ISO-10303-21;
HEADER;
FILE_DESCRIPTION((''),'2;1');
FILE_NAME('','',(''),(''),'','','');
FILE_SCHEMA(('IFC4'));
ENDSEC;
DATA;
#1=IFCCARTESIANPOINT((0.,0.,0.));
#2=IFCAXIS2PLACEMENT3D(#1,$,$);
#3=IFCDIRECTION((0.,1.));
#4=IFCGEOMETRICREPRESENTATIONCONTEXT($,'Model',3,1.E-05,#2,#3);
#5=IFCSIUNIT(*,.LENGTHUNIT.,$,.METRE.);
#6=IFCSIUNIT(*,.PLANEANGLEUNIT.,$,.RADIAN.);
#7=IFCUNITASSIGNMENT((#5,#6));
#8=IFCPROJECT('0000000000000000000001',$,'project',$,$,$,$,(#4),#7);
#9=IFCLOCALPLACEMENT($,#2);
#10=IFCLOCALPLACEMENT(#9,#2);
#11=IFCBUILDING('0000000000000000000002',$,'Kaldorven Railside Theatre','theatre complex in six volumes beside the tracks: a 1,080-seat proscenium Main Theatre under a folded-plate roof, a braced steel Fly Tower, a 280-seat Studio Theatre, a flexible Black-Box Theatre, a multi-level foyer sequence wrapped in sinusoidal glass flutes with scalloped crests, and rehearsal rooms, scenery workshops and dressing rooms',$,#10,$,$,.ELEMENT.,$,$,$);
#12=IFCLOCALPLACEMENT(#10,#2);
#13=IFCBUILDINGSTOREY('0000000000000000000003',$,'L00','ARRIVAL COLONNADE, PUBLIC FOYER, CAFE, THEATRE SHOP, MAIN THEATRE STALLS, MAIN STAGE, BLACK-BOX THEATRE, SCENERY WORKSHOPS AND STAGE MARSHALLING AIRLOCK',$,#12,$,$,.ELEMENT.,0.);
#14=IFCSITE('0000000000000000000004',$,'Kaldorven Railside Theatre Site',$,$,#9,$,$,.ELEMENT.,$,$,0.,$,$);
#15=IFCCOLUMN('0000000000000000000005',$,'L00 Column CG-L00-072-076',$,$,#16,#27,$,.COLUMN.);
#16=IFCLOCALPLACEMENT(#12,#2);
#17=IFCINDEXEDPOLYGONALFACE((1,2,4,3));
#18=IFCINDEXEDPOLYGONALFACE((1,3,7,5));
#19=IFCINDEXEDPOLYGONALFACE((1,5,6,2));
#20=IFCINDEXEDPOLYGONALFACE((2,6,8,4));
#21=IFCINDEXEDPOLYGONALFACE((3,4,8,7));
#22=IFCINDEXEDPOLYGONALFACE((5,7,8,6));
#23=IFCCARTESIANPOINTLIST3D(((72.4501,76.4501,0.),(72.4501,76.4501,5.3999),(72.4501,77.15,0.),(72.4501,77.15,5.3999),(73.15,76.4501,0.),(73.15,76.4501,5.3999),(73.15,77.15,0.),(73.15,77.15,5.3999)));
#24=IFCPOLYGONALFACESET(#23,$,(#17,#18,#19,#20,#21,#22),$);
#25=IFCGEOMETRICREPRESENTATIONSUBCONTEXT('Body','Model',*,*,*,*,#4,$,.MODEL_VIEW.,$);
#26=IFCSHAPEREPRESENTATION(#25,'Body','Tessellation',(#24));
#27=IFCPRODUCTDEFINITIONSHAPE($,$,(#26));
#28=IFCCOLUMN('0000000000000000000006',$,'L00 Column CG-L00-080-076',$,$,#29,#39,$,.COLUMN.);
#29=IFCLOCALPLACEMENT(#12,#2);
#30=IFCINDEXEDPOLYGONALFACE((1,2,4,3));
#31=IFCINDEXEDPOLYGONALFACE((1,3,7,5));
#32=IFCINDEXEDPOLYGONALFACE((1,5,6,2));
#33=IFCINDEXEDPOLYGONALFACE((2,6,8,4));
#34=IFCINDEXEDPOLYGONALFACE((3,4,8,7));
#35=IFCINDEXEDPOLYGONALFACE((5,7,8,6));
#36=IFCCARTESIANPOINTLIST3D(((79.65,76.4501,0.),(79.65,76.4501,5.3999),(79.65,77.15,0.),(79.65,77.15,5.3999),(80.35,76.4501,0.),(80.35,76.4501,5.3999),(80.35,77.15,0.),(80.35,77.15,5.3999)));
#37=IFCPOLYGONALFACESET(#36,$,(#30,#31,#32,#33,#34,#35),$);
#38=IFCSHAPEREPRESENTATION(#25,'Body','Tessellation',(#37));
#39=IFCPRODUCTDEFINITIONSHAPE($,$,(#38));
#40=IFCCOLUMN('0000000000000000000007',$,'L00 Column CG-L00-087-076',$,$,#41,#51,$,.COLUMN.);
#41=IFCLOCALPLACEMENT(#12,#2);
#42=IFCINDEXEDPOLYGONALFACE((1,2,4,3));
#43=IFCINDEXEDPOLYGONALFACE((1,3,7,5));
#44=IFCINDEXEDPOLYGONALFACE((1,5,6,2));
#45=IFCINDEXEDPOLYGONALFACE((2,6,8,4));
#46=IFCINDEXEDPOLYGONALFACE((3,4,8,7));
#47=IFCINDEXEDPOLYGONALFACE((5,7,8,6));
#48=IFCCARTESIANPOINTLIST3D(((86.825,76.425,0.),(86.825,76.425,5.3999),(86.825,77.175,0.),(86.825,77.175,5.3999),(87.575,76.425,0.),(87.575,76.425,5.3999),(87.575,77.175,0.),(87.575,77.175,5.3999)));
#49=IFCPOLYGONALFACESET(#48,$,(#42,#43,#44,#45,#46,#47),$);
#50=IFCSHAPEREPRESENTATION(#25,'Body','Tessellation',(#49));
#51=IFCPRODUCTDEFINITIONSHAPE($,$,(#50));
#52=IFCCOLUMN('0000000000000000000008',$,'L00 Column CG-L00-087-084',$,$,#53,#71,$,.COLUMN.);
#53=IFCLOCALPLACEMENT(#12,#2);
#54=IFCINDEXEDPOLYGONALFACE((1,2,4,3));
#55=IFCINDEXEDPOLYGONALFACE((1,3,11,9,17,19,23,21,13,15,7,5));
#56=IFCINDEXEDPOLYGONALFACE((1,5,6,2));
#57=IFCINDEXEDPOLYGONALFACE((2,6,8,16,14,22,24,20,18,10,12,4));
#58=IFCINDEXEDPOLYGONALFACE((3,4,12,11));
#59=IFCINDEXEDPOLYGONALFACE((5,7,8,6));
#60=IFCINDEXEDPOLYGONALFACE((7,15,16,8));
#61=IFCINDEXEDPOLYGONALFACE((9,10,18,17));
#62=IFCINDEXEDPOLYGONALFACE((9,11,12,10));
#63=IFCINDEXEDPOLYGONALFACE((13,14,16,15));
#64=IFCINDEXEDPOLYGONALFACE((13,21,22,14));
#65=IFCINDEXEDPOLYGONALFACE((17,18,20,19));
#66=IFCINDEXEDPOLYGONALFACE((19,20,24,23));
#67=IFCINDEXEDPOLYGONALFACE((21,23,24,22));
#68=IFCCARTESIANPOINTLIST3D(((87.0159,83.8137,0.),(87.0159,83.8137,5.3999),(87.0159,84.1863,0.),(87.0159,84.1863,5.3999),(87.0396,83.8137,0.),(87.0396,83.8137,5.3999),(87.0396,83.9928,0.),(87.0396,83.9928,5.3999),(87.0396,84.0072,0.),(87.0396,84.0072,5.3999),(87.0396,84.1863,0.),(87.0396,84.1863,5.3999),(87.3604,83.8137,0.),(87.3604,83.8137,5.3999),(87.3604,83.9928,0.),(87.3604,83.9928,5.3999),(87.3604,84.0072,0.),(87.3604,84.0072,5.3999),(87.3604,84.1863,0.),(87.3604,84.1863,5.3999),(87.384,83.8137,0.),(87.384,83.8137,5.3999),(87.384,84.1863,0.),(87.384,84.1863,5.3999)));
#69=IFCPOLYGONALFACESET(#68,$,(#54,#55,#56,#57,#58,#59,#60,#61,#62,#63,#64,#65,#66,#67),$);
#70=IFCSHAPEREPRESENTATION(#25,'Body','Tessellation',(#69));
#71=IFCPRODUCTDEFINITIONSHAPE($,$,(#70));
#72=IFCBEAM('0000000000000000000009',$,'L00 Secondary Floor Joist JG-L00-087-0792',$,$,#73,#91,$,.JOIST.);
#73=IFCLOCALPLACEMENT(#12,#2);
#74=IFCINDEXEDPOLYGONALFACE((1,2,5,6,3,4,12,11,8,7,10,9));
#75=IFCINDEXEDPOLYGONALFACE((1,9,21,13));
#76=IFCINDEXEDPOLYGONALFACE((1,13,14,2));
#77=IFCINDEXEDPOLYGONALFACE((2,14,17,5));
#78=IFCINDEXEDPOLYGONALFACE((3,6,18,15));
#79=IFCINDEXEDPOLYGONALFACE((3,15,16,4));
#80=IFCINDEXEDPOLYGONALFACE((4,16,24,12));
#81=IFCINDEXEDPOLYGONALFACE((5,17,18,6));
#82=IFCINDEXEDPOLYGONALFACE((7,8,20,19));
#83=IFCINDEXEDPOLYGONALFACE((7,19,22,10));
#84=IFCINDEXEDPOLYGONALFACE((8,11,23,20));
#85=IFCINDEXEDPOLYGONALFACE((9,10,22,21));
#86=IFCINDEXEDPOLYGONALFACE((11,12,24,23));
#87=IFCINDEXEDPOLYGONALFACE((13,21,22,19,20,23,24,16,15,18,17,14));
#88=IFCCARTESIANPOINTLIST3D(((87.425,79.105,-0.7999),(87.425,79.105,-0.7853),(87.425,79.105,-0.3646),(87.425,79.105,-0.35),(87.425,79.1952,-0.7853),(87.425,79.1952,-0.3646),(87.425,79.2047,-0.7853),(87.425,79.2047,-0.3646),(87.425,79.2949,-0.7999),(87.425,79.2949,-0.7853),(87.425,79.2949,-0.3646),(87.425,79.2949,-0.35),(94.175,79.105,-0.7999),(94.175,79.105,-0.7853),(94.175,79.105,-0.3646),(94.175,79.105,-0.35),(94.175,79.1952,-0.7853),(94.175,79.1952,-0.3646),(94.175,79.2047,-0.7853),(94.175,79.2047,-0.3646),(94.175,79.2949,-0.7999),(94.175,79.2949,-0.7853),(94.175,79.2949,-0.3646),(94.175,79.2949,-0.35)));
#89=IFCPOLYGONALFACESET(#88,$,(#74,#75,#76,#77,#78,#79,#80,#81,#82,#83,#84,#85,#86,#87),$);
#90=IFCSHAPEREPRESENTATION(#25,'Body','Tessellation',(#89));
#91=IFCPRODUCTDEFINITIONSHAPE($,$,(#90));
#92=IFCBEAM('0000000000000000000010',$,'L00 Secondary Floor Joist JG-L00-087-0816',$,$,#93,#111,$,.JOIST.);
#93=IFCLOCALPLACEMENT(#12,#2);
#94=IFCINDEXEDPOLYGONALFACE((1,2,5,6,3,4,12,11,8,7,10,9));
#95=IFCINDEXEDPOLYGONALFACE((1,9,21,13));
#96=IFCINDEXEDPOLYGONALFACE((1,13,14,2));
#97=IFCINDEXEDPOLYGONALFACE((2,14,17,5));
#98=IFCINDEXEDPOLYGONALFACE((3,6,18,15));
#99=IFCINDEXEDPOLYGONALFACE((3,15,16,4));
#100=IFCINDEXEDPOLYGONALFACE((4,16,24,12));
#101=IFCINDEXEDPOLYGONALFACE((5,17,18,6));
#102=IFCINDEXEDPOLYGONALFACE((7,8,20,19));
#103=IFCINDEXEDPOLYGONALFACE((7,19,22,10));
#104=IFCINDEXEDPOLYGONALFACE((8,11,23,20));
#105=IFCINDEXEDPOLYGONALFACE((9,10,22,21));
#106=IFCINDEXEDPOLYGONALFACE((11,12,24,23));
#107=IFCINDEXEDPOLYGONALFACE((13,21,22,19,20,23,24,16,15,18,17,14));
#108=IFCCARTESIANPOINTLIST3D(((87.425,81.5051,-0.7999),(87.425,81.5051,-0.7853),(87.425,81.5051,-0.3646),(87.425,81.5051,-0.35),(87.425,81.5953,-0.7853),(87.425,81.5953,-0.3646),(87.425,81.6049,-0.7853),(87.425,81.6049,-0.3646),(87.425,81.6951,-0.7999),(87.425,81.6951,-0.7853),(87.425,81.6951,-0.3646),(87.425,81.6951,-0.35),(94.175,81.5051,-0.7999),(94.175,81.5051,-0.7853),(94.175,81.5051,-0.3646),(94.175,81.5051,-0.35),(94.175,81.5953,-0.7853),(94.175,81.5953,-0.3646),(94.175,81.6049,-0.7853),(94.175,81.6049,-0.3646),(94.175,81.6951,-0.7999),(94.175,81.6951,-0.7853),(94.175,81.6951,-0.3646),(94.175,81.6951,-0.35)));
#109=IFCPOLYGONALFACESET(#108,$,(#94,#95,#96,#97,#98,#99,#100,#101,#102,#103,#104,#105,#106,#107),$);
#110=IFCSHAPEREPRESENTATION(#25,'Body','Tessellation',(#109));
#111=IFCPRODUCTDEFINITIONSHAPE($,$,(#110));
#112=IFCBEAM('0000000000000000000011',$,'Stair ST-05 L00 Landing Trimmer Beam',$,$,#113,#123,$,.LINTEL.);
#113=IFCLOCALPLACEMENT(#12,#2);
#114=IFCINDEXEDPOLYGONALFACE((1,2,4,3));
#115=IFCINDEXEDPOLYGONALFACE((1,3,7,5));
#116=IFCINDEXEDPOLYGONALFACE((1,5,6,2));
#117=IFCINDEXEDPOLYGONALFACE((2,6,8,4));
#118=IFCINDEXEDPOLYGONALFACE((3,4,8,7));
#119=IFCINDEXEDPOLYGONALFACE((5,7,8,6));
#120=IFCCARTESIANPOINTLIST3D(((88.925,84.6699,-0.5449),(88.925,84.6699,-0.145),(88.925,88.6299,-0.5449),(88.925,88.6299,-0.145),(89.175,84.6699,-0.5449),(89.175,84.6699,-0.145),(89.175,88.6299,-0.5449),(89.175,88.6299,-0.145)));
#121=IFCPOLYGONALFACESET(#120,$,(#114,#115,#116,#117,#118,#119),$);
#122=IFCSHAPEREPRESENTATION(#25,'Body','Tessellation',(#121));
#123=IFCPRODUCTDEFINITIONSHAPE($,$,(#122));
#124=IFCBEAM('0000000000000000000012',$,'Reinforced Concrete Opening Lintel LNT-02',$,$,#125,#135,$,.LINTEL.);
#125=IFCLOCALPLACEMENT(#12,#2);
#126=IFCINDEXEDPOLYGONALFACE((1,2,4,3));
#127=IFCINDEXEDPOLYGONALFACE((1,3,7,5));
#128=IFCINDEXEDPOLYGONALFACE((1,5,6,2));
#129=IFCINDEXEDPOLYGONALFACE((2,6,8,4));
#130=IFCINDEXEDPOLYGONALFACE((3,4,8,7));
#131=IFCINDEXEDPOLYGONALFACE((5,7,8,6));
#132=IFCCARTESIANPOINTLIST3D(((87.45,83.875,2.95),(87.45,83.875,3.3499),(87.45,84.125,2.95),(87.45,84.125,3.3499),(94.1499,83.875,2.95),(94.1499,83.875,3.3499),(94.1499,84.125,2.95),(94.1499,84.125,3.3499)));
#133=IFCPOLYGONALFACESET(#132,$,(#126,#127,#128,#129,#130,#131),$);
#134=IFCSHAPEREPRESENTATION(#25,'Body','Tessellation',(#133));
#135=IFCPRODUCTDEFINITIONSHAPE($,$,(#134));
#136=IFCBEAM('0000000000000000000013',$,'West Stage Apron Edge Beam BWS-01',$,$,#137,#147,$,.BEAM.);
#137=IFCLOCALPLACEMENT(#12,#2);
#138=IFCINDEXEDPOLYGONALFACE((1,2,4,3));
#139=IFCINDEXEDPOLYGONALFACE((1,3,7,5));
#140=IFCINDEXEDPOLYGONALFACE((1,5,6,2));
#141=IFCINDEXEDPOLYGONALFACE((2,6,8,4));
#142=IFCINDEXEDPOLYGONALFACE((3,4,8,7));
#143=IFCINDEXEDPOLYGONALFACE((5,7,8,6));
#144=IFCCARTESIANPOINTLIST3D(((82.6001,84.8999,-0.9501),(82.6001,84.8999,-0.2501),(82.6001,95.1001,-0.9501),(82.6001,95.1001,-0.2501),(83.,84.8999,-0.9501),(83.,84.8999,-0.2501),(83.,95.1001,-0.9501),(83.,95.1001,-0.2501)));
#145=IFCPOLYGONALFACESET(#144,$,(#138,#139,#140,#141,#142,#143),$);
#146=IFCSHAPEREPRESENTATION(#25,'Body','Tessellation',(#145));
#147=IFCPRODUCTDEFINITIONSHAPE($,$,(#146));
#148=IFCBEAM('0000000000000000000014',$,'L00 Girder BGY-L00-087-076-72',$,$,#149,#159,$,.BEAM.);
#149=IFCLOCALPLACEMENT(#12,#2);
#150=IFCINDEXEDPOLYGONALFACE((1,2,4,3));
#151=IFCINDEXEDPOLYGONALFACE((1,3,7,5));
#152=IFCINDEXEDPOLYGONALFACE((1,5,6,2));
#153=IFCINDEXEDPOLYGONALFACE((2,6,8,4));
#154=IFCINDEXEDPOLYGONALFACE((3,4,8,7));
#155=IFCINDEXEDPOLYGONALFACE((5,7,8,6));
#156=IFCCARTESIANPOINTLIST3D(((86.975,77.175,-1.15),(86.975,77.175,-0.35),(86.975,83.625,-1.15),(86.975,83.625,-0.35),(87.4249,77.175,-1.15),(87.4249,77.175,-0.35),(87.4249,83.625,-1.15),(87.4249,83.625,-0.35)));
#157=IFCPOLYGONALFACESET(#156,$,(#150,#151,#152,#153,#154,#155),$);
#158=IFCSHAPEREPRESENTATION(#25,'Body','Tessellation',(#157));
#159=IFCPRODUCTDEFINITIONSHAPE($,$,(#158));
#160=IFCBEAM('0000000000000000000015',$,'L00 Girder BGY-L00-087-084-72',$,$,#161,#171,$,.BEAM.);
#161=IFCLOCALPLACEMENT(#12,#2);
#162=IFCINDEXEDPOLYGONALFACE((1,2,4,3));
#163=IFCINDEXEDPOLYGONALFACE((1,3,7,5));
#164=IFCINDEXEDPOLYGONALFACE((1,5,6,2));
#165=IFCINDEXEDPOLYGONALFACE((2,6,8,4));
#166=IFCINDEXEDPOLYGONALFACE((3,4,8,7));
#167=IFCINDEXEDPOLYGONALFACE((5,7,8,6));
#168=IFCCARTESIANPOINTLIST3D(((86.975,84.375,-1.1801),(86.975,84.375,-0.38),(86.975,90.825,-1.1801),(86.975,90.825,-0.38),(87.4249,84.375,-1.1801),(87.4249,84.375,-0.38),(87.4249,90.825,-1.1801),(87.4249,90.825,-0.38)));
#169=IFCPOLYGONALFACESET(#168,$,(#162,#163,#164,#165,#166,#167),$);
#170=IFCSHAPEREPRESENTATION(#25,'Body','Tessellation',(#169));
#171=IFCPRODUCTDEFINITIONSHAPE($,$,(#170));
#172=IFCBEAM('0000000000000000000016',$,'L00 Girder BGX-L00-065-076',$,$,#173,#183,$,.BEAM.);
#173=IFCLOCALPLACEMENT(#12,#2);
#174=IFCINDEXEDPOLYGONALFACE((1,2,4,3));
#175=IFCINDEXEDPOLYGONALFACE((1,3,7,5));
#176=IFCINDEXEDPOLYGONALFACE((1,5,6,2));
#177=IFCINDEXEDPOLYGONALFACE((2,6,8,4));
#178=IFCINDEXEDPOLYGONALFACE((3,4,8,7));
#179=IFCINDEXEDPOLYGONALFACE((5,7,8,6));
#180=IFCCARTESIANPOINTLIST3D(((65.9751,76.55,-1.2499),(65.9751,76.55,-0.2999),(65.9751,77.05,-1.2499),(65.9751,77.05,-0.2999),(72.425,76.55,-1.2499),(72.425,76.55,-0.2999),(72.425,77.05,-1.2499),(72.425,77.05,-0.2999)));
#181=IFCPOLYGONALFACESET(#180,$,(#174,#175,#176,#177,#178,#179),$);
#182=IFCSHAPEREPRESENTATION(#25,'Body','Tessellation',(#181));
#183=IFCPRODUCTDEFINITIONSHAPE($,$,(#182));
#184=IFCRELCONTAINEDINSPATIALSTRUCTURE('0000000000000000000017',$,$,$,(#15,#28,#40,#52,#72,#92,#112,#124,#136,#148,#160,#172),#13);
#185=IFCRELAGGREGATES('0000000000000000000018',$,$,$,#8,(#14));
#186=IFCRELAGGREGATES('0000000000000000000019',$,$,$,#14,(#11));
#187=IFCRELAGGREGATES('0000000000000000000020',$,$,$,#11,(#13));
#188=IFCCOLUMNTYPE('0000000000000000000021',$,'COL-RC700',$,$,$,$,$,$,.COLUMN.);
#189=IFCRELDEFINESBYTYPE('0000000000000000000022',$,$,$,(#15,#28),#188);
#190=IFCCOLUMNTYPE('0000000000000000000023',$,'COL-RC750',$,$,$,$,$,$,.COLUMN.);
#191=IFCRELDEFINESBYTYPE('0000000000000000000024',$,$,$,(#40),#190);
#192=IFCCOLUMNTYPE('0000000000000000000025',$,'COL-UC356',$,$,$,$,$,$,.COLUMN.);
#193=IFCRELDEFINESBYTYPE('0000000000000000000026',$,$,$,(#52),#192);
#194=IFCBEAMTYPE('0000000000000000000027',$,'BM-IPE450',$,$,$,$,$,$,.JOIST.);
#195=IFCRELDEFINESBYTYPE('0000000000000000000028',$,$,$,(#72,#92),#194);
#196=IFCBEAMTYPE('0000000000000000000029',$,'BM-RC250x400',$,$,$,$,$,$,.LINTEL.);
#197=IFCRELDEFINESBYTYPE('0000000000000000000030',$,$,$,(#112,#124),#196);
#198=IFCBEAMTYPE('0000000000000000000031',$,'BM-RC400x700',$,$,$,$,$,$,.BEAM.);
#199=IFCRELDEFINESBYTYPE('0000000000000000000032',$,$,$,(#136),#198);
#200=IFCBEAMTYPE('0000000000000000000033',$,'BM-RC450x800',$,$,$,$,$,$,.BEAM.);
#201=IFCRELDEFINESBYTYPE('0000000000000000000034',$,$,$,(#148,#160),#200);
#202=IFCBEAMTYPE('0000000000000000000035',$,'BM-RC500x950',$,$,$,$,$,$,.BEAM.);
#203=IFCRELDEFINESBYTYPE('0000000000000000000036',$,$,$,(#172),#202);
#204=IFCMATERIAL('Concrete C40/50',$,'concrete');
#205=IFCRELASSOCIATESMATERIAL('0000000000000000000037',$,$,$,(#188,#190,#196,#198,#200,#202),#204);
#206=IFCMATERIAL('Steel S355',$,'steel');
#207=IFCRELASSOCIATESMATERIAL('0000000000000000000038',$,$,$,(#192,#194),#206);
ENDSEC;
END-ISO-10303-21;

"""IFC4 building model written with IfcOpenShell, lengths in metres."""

from ifc_helpers import new_model, si_unit, direction, frame, origin, origin_2d, place, context, subcontext, project, spatial, rectangle, i_section, extrude, material, material_profile, profile_set, type_object, element, save


model = new_model("IFC4")

# Units and contexts
model_context = context("Model", 3, precision=1e-05, world=origin(), true_north=direction((0.0, 1.0)))
body_context = subcontext(model_context, "Body", "Model", "MODEL_VIEW")
ifc_project = project(units=[si_unit("LENGTHUNIT", "METRE"), si_unit("PLANEANGLEUNIT", "RADIAN")], contexts=[model_context])

# Site, building, storey
site_placement = place(None, origin())
site = spatial("IfcSite", under=ifc_project, at=site_placement, Name="Kaldorven Railside Theatre Site", CompositionType="ELEMENT", RefElevation=0.0)
building_placement = place(site_placement, origin())
building = spatial("IfcBuilding", under=site, at=building_placement, Name="Kaldorven Railside Theatre", Description="theatre complex in six volumes beside the tracks: a 1,080-seat proscenium Main Theatre under a folded-plate roof, a braced steel Fly Tower, a 280-seat Studio Theatre, a flexible Black-Box Theatre, a multi-level foyer sequence wrapped in sinusoidal glass flutes with scalloped crests, and rehearsal rooms, scenery workshops and dressing rooms", CompositionType="ELEMENT")
storey_placement = place(building_placement, origin())
storey = spatial("IfcBuildingStorey", under=building, at=storey_placement, Name="L00", Description="ARRIVAL COLONNADE, PUBLIC FOYER, CAFE, THEATRE SHOP, MAIN THEATRE STALLS, MAIN STAGE, BLACK-BOX THEATRE, SCENERY WORKSHOPS AND STAGE MARSHALLING AIRLOCK", CompositionType="ELEMENT", Elevation=0.0)

# Columns
ifc_material_1 = material(Name="Concrete C40/50", Category="concrete")
ifc_material_profile_1 = material_profile(ifc_material_1, rectangle(XDim=0.7, YDim=0.7, at=origin_2d()), Name="RC 700x700")
ifc_profile_set_1 = profile_set([ifc_material_profile_1], Name="Concrete C40/50")
column_type_1 = type_object("IfcColumnType", Name="COL-RC700", PredefinedType="COLUMN", material=ifc_profile_set_1)
for number, where, z_axis, x_axis, name in (
    (1, (72.8, 76.8, 0.0), (0.0, 0.0, 1.0), (0.0, 1.0, 0.0), "L00 Column CG-L00-072-076"),
    (2, (80.0, 76.8, 0.0), (0.0, 0.0, 1.0), (1.0, 0.0, 0.0), "L00 Column CG-L00-080-076"),
):
    element("IfcColumn", number, at=place(storey_placement, frame(where, z_axis=z_axis, x_axis=x_axis)), inside=storey, type_object=column_type_1, Name=name, PredefinedType="COLUMN", context=body_context, shape_type="SweptSolid", body=[
        extrude(rectangle(XDim=0.7, YDim=0.7, at=origin_2d()), origin(), (0.0, 0.0, 1.0), 5.3999),
    ])
ifc_material_profile_2 = material_profile(ifc_material_1, rectangle(XDim=0.75, YDim=0.75, at=origin_2d()), Name="RC 750x750")
ifc_profile_set_2 = profile_set([ifc_material_profile_2], Name="Concrete C40/50")
column_type_2 = type_object("IfcColumnType", Name="COL-RC750", PredefinedType="COLUMN", material=ifc_profile_set_2)
column_1_placement = place(storey_placement, frame((87.2, 76.8, 0.0), z_axis=(0.0, 0.0, 1.0), x_axis=(1.0, 0.0, 0.0)))
element("IfcColumn", 3, at=column_1_placement, inside=storey, type_object=column_type_2, Name="L00 Column CG-L00-087-076", PredefinedType="COLUMN", context=body_context, shape_type="SweptSolid", body=[
    extrude(rectangle(XDim=0.75, YDim=0.75, at=origin_2d()), origin(), (0.0, 0.0, 1.0), 5.3999),
])
ifc_material_2 = material(Name="Steel S355", Category="steel")
ifc_material_profile_3 = material_profile(ifc_material_2, i_section(OverallWidth=0.3726, OverallDepth=0.3682, WebThickness=0.0144, FlangeThickness=0.0237, at=origin_2d()), Name="UC 356x368x177")
ifc_profile_set_3 = profile_set([ifc_material_profile_3], Name="Steel S355")
column_type_3 = type_object("IfcColumnType", Name="COL-UC356", PredefinedType="COLUMN", material=ifc_profile_set_3)
column_2_placement = place(storey_placement, frame((87.2, 84.0, 0.0), z_axis=(0.0, 0.0, 1.0), x_axis=(0.0, 1.0, 0.0)))
element("IfcColumn", 4, at=column_2_placement, inside=storey, type_object=column_type_3, Name="L00 Column CG-L00-087-084", PredefinedType="COLUMN", context=body_context, shape_type="SweptSolid", body=[
    extrude(i_section(OverallWidth=0.3726, OverallDepth=0.3682, WebThickness=0.0144, FlangeThickness=0.0237, at=origin_2d()), origin(), (0.0, 0.0, 1.0), 5.3999),
])

# Beams
ifc_material_profile_4 = material_profile(ifc_material_2, i_section(OverallWidth=0.1899, OverallDepth=0.45, WebThickness=0.0095, FlangeThickness=0.0146, at=origin_2d()), Name="IPE 450")
ifc_profile_set_4 = profile_set([ifc_material_profile_4], Name="Steel S355")
beam_type_1 = type_object("IfcBeamType", Name="BM-IPE450", PredefinedType="JOIST", material=ifc_profile_set_4)
for number, where, z_axis, x_axis, name in (
    (5, (87.425, 79.2, -0.575), (1.0, 0.0, 0.0), (0.0, 1.0, 0.0), "L00 Secondary Floor Joist JG-L00-087-0792"),
    (6, (87.425, 81.6001, -0.575), (1.0, 0.0, 0.0), (0.0, 1.0, 0.0), "L00 Secondary Floor Joist JG-L00-087-0816"),
):
    element("IfcBeam", number, at=place(storey_placement, frame(where, z_axis=z_axis, x_axis=x_axis)), inside=storey, type_object=beam_type_1, Name=name, PredefinedType="JOIST", context=body_context, shape_type="SweptSolid", body=[
        extrude(i_section(OverallWidth=0.1899, OverallDepth=0.45, WebThickness=0.0095, FlangeThickness=0.0146, at=origin_2d()), origin(), (0.0, 0.0, 1.0), 6.75),
    ])
ifc_material_profile_5 = material_profile(ifc_material_1, rectangle(XDim=0.25, YDim=0.3999, at=origin_2d()), Name="RC 250x400")
ifc_profile_set_5 = profile_set([ifc_material_profile_5], Name="Concrete C40/50")
beam_type_2 = type_object("IfcBeamType", Name="BM-RC250x400", PredefinedType="LINTEL", material=ifc_profile_set_5)
beam_1_placement = place(storey_placement, frame((89.05, 84.6699, -0.345), z_axis=(0.0, 1.0, 0.0), x_axis=(-1.0, 0.0, 0.0)))
element("IfcBeam", 7, at=beam_1_placement, inside=storey, type_object=beam_type_2, Name="Stair ST-05 L00 Landing Trimmer Beam", PredefinedType="LINTEL", context=body_context, shape_type="SweptSolid", body=[
    extrude(rectangle(XDim=0.25, YDim=0.3999, at=origin_2d()), origin(), (0.0, 0.0, 1.0), 3.96),
])
beam_2_placement = place(storey_placement, frame((87.45, 84.0, 3.1499), z_axis=(1.0, 0.0, 0.0), x_axis=(0.0, 1.0, 0.0)))
element("IfcBeam", 8, at=beam_2_placement, inside=storey, type_object=beam_type_2, Name="Reinforced Concrete Opening Lintel LNT-02", PredefinedType="LINTEL", context=body_context, shape_type="SweptSolid", body=[
    extrude(rectangle(XDim=0.25, YDim=0.3999, at=origin_2d()), origin(), (0.0, 0.0, 1.0), 6.7),
])
ifc_material_profile_6 = material_profile(ifc_material_1, rectangle(XDim=0.3999, YDim=0.7, at=origin_2d()), Name="RC 400x700")
ifc_profile_set_6 = profile_set([ifc_material_profile_6], Name="Concrete C40/50")
beam_type_3 = type_object("IfcBeamType", Name="BM-RC400x700", PredefinedType="BEAM", material=ifc_profile_set_6)
beam_3_placement = place(storey_placement, frame((82.8, 84.8999, -0.6001), z_axis=(0.0, 1.0, 0.0), x_axis=(-1.0, 0.0, 0.0)))
element("IfcBeam", 9, at=beam_3_placement, inside=storey, type_object=beam_type_3, Name="West Stage Apron Edge Beam BWS-01", PredefinedType="BEAM", context=body_context, shape_type="SweptSolid", body=[
    extrude(rectangle(XDim=0.3999, YDim=0.7, at=origin_2d()), origin(), (0.0, 0.0, 1.0), 10.2002),
])
ifc_material_profile_7 = material_profile(ifc_material_1, rectangle(XDim=0.45, YDim=0.8, at=origin_2d()), Name="RC 450x800")
ifc_profile_set_7 = profile_set([ifc_material_profile_7], Name="Concrete C40/50")
beam_type_4 = type_object("IfcBeamType", Name="BM-RC450x800", PredefinedType="BEAM", material=ifc_profile_set_7)
for number, where, z_axis, x_axis, name in (
    (10, (87.2, 77.175, -0.75), (0.0, 1.0, 0.0), (-1.0, 0.0, 0.0), "L00 Girder BGY-L00-087-076-72"),
    (11, (87.2, 84.375, -0.78), (0.0, 1.0, 0.0), (-1.0, 0.0, 0.0), "L00 Girder BGY-L00-087-084-72"),
):
    element("IfcBeam", number, at=place(storey_placement, frame(where, z_axis=z_axis, x_axis=x_axis)), inside=storey, type_object=beam_type_4, Name=name, PredefinedType="BEAM", context=body_context, shape_type="SweptSolid", body=[
        extrude(rectangle(XDim=0.45, YDim=0.8, at=origin_2d()), origin(), (0.0, 0.0, 1.0), 6.45),
    ])
ifc_material_profile_8 = material_profile(ifc_material_1, rectangle(XDim=0.5, YDim=0.95, at=origin_2d()), Name="RC 500x950")
ifc_profile_set_8 = profile_set([ifc_material_profile_8], Name="Concrete C40/50")
beam_type_5 = type_object("IfcBeamType", Name="BM-RC500x950", PredefinedType="BEAM", material=ifc_profile_set_8)
for number, where, z_axis, x_axis, name in (
    (12, (65.9751, 76.8, -0.7749), (1.0, 0.0, 0.0), (0.0, 1.0, 0.0), "L00 Girder BGX-L00-065-076"),
):
    element("IfcBeam", number, at=place(storey_placement, frame(where, z_axis=z_axis, x_axis=x_axis)), inside=storey, type_object=beam_type_5, Name=name, PredefinedType="BEAM", context=body_context, shape_type="SweptSolid", body=[
        extrude(rectangle(XDim=0.5, YDim=0.95, at=origin_2d()), origin(), (0.0, 0.0, 1.0), 6.45),
    ])

save(model, "model.ifc")
